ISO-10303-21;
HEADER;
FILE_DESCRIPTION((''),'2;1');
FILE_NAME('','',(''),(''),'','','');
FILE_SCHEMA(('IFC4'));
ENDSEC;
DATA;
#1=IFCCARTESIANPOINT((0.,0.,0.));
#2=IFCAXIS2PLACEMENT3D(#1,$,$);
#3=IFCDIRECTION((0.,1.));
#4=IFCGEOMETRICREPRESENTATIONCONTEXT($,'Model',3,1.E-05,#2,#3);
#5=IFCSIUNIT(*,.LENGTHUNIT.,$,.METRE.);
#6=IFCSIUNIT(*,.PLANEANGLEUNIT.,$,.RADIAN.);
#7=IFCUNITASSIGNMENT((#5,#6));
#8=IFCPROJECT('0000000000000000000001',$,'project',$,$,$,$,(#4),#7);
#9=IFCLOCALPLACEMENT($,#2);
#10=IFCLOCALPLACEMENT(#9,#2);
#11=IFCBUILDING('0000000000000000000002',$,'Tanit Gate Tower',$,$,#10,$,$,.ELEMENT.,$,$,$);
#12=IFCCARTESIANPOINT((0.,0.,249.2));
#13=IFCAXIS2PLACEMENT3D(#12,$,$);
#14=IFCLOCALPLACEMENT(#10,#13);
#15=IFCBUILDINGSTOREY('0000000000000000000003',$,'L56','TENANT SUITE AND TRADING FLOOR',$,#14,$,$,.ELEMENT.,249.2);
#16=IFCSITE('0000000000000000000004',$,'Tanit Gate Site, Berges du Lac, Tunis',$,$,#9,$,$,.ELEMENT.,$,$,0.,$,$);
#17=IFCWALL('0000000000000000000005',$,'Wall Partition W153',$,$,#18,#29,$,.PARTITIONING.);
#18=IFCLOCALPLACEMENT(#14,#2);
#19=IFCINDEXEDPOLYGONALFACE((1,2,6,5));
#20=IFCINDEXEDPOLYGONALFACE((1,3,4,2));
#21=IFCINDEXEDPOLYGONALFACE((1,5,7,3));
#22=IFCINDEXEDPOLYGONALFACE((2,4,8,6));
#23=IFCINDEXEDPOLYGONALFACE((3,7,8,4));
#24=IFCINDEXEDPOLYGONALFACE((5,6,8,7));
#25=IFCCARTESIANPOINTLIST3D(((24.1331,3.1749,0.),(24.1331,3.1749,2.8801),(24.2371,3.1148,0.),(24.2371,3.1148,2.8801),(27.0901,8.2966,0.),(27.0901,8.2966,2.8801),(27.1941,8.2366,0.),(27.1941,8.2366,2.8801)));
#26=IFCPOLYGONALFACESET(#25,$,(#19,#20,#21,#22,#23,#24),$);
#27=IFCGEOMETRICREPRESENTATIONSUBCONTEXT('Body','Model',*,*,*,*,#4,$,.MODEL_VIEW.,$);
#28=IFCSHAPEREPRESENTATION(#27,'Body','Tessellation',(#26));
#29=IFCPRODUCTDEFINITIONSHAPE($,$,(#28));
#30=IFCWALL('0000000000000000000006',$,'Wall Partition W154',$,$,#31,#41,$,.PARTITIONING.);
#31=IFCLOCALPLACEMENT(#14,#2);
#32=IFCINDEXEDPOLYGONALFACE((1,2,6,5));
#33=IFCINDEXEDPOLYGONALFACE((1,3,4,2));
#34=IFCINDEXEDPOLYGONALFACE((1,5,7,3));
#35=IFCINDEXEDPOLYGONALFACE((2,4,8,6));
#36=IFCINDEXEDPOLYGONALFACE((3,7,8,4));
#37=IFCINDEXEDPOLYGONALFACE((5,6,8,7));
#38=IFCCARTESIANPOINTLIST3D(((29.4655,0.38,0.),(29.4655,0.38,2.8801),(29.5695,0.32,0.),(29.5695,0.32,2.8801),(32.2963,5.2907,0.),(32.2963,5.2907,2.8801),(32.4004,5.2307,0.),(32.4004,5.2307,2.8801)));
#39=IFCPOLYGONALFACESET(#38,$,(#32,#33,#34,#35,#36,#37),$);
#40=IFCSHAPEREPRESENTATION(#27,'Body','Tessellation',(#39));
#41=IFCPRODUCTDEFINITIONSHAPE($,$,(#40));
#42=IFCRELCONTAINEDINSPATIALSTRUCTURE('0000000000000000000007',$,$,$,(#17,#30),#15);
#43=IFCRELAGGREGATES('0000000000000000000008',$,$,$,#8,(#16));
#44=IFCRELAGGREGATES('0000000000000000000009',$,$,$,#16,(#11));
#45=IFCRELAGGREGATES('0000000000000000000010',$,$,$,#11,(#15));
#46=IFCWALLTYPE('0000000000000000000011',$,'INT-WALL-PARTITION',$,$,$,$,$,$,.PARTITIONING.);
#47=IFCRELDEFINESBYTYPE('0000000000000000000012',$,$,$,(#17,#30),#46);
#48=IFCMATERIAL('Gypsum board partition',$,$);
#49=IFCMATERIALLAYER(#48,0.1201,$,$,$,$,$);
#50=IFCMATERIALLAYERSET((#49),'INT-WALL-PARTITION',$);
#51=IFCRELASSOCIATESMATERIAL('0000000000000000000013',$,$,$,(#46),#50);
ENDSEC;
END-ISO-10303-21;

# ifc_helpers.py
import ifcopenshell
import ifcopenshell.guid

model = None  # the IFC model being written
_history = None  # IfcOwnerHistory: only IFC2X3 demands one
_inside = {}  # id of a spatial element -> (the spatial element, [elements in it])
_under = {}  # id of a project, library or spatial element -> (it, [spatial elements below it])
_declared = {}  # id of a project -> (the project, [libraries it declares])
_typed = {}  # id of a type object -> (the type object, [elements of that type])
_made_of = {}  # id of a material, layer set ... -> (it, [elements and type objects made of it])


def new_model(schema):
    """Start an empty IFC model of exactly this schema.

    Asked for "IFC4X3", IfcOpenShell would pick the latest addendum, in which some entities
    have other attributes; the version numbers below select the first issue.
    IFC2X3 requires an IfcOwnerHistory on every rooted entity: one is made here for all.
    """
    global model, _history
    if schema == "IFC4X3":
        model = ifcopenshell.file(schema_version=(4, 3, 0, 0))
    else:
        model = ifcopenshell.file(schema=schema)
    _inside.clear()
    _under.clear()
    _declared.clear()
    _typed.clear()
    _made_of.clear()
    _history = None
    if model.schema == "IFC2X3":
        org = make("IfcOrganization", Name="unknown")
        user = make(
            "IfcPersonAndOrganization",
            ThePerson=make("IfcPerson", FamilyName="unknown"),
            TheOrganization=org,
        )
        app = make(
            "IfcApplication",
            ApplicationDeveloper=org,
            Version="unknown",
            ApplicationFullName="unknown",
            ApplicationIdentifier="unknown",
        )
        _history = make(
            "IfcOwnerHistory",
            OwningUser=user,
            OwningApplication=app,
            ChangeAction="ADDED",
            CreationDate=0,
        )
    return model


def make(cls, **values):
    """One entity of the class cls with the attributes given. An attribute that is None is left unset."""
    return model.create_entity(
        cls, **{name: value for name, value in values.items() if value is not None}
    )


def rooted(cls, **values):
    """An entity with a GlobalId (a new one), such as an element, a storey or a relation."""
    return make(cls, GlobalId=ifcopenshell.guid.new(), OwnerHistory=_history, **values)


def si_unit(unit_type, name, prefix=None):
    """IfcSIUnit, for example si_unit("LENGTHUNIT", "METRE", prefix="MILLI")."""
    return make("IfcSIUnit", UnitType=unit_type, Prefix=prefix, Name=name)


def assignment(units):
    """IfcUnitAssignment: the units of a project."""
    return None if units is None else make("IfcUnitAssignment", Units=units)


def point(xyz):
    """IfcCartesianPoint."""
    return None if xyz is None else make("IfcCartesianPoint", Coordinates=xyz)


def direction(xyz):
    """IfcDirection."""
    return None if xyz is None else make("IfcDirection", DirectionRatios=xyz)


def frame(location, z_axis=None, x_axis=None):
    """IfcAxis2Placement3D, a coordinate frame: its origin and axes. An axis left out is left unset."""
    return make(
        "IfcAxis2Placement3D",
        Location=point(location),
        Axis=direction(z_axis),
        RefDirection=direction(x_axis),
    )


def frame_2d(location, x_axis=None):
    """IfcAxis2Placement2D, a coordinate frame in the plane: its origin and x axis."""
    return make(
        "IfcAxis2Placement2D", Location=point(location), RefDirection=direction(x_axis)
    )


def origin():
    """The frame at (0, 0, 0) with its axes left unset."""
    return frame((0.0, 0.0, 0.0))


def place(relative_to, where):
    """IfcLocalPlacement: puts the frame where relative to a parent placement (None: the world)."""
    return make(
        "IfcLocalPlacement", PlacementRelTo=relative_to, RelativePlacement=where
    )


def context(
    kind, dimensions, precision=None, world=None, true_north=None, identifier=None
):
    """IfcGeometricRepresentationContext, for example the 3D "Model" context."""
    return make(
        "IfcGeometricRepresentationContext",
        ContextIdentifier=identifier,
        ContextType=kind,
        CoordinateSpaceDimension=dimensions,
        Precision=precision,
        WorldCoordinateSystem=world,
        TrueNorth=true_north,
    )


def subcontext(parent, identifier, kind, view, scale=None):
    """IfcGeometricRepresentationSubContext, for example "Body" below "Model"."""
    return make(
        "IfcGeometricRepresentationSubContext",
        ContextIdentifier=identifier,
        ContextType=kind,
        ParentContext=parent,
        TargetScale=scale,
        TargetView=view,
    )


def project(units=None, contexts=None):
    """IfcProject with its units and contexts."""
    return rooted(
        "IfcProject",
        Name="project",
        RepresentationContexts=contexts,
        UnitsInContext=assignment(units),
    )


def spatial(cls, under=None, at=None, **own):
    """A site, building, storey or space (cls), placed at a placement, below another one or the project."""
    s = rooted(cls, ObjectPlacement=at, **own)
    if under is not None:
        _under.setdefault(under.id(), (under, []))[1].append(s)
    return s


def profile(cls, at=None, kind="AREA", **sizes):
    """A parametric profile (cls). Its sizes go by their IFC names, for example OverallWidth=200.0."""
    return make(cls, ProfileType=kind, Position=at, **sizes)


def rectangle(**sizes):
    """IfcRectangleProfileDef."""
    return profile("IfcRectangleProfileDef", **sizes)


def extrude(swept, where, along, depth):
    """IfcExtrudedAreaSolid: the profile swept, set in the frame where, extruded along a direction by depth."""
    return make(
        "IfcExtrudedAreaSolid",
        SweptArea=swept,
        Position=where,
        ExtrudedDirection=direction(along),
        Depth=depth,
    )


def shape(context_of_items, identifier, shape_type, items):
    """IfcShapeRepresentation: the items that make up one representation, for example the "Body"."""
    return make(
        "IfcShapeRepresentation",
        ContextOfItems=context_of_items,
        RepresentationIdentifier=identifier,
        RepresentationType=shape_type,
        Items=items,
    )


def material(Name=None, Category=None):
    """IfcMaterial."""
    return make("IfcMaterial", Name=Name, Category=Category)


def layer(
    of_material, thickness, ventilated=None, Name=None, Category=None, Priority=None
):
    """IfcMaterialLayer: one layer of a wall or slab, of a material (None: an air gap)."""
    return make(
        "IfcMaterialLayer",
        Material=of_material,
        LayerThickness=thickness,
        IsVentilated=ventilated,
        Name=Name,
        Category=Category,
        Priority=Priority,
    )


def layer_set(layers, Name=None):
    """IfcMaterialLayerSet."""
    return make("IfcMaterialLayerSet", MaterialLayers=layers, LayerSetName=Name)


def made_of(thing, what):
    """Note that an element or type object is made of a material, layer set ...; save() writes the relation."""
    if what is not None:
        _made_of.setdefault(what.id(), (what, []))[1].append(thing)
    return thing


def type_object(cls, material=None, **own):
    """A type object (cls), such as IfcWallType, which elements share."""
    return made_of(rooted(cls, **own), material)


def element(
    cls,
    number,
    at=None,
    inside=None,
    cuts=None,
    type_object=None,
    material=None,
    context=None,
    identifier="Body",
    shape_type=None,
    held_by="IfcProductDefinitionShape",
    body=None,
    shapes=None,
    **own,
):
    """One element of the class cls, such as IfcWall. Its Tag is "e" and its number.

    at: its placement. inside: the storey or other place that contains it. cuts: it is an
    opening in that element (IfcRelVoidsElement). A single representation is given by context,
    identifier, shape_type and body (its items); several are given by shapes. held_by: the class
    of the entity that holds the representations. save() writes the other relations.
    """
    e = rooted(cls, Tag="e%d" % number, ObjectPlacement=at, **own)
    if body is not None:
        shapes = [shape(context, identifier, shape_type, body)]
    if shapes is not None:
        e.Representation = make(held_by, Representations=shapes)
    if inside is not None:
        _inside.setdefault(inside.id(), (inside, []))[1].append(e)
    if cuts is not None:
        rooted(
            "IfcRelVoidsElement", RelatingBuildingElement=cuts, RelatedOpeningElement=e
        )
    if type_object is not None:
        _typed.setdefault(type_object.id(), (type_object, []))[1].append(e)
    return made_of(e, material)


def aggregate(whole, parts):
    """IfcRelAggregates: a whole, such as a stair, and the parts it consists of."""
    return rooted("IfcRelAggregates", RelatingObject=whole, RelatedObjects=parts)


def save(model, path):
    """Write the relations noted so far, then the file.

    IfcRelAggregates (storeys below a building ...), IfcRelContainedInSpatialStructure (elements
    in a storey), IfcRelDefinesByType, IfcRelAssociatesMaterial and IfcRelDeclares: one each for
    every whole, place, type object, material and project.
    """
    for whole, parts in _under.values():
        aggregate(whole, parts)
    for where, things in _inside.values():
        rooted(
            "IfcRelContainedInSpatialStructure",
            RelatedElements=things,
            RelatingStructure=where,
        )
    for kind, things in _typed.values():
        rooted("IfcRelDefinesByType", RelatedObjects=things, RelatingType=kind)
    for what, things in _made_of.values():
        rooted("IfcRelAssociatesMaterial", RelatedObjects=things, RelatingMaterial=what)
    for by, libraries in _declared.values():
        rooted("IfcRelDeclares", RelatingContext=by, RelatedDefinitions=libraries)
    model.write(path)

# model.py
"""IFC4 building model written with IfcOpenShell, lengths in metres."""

from ifc_helpers import new_model, si_unit, direction, frame, frame_2d, origin, place, context, subcontext, project, spatial, rectangle, extrude, material, layer, layer_set, type_object, element, save


model = new_model("IFC4")

# Units and contexts
model_context = context("Model", 3, precision=1e-05, world=origin(), true_north=direction((0.0, 1.0)))
body_context = subcontext(model_context, "Body", "Model", "MODEL_VIEW")
ifc_project = project(units=[si_unit("LENGTHUNIT", "METRE"), si_unit("PLANEANGLEUNIT", "RADIAN")], contexts=[model_context])

# Site, building, storey
site_placement = place(None, origin())
site = spatial("IfcSite", under=ifc_project, at=site_placement, Name="Tanit Gate Site, Berges du Lac, Tunis", CompositionType="ELEMENT", RefElevation=0.0)
building_placement = place(site_placement, origin())
building = spatial("IfcBuilding", under=site, at=building_placement, Name="Tanit Gate Tower", CompositionType="ELEMENT")
storey_placement = place(building_placement, frame((0.0, 0.0, 249.2)))
storey = spatial("IfcBuildingStorey", under=building, at=storey_placement, Name="L56", Description="TENANT SUITE AND TRADING FLOOR", CompositionType="ELEMENT", Elevation=249.2)

# Walls
ifc_material_1 = material(Name="Gypsum board partition")
ifc_layer_1 = layer(ifc_material_1, 0.1201)
ifc_layer_set_1 = layer_set([ifc_layer_1], Name="INT-WALL-PARTITION")
wall_type_1 = type_object("IfcWallType", Name="INT-WALL-PARTITION", PredefinedType="PARTITIONING", material=ifc_layer_set_1)
wall_1_placement = place(storey_placement, frame((27.1421, 8.2666, 0.0), z_axis=(0.0, 0.0, 1.0), x_axis=(-0.499993, -0.86603, 0.0)))
element("IfcWall", 1, at=wall_1_placement, inside=storey, type_object=wall_type_1, Name="Wall Partition W153", PredefinedType="PARTITIONING", context=body_context, shape_type="SweptSolid", body=[
    extrude(rectangle(XDim=5.9141, YDim=0.1201, at=frame_2d((2.957, 0.0))), origin(), (0.0, 0.0, 1.0), 2.8801),
])
wall_2_placement = place(storey_placement, frame((29.5176, 0.3501, 0.0), z_axis=(0.0, 0.0, 1.0), x_axis=(0.499424, 0.866358, 0.0)))
element("IfcWall", 2, at=wall_2_placement, inside=storey, type_object=wall_type_1, Name="Wall Partition W154", PredefinedType="PARTITIONING", context=body_context, shape_type="SweptSolid", body=[
    extrude(rectangle(XDim=5.6682, YDim=0.1201, at=frame_2d((2.834, 0.0))), origin(), (0.0, 0.0, 1.0), 2.8801),
])

save(model, "model.ifc")
